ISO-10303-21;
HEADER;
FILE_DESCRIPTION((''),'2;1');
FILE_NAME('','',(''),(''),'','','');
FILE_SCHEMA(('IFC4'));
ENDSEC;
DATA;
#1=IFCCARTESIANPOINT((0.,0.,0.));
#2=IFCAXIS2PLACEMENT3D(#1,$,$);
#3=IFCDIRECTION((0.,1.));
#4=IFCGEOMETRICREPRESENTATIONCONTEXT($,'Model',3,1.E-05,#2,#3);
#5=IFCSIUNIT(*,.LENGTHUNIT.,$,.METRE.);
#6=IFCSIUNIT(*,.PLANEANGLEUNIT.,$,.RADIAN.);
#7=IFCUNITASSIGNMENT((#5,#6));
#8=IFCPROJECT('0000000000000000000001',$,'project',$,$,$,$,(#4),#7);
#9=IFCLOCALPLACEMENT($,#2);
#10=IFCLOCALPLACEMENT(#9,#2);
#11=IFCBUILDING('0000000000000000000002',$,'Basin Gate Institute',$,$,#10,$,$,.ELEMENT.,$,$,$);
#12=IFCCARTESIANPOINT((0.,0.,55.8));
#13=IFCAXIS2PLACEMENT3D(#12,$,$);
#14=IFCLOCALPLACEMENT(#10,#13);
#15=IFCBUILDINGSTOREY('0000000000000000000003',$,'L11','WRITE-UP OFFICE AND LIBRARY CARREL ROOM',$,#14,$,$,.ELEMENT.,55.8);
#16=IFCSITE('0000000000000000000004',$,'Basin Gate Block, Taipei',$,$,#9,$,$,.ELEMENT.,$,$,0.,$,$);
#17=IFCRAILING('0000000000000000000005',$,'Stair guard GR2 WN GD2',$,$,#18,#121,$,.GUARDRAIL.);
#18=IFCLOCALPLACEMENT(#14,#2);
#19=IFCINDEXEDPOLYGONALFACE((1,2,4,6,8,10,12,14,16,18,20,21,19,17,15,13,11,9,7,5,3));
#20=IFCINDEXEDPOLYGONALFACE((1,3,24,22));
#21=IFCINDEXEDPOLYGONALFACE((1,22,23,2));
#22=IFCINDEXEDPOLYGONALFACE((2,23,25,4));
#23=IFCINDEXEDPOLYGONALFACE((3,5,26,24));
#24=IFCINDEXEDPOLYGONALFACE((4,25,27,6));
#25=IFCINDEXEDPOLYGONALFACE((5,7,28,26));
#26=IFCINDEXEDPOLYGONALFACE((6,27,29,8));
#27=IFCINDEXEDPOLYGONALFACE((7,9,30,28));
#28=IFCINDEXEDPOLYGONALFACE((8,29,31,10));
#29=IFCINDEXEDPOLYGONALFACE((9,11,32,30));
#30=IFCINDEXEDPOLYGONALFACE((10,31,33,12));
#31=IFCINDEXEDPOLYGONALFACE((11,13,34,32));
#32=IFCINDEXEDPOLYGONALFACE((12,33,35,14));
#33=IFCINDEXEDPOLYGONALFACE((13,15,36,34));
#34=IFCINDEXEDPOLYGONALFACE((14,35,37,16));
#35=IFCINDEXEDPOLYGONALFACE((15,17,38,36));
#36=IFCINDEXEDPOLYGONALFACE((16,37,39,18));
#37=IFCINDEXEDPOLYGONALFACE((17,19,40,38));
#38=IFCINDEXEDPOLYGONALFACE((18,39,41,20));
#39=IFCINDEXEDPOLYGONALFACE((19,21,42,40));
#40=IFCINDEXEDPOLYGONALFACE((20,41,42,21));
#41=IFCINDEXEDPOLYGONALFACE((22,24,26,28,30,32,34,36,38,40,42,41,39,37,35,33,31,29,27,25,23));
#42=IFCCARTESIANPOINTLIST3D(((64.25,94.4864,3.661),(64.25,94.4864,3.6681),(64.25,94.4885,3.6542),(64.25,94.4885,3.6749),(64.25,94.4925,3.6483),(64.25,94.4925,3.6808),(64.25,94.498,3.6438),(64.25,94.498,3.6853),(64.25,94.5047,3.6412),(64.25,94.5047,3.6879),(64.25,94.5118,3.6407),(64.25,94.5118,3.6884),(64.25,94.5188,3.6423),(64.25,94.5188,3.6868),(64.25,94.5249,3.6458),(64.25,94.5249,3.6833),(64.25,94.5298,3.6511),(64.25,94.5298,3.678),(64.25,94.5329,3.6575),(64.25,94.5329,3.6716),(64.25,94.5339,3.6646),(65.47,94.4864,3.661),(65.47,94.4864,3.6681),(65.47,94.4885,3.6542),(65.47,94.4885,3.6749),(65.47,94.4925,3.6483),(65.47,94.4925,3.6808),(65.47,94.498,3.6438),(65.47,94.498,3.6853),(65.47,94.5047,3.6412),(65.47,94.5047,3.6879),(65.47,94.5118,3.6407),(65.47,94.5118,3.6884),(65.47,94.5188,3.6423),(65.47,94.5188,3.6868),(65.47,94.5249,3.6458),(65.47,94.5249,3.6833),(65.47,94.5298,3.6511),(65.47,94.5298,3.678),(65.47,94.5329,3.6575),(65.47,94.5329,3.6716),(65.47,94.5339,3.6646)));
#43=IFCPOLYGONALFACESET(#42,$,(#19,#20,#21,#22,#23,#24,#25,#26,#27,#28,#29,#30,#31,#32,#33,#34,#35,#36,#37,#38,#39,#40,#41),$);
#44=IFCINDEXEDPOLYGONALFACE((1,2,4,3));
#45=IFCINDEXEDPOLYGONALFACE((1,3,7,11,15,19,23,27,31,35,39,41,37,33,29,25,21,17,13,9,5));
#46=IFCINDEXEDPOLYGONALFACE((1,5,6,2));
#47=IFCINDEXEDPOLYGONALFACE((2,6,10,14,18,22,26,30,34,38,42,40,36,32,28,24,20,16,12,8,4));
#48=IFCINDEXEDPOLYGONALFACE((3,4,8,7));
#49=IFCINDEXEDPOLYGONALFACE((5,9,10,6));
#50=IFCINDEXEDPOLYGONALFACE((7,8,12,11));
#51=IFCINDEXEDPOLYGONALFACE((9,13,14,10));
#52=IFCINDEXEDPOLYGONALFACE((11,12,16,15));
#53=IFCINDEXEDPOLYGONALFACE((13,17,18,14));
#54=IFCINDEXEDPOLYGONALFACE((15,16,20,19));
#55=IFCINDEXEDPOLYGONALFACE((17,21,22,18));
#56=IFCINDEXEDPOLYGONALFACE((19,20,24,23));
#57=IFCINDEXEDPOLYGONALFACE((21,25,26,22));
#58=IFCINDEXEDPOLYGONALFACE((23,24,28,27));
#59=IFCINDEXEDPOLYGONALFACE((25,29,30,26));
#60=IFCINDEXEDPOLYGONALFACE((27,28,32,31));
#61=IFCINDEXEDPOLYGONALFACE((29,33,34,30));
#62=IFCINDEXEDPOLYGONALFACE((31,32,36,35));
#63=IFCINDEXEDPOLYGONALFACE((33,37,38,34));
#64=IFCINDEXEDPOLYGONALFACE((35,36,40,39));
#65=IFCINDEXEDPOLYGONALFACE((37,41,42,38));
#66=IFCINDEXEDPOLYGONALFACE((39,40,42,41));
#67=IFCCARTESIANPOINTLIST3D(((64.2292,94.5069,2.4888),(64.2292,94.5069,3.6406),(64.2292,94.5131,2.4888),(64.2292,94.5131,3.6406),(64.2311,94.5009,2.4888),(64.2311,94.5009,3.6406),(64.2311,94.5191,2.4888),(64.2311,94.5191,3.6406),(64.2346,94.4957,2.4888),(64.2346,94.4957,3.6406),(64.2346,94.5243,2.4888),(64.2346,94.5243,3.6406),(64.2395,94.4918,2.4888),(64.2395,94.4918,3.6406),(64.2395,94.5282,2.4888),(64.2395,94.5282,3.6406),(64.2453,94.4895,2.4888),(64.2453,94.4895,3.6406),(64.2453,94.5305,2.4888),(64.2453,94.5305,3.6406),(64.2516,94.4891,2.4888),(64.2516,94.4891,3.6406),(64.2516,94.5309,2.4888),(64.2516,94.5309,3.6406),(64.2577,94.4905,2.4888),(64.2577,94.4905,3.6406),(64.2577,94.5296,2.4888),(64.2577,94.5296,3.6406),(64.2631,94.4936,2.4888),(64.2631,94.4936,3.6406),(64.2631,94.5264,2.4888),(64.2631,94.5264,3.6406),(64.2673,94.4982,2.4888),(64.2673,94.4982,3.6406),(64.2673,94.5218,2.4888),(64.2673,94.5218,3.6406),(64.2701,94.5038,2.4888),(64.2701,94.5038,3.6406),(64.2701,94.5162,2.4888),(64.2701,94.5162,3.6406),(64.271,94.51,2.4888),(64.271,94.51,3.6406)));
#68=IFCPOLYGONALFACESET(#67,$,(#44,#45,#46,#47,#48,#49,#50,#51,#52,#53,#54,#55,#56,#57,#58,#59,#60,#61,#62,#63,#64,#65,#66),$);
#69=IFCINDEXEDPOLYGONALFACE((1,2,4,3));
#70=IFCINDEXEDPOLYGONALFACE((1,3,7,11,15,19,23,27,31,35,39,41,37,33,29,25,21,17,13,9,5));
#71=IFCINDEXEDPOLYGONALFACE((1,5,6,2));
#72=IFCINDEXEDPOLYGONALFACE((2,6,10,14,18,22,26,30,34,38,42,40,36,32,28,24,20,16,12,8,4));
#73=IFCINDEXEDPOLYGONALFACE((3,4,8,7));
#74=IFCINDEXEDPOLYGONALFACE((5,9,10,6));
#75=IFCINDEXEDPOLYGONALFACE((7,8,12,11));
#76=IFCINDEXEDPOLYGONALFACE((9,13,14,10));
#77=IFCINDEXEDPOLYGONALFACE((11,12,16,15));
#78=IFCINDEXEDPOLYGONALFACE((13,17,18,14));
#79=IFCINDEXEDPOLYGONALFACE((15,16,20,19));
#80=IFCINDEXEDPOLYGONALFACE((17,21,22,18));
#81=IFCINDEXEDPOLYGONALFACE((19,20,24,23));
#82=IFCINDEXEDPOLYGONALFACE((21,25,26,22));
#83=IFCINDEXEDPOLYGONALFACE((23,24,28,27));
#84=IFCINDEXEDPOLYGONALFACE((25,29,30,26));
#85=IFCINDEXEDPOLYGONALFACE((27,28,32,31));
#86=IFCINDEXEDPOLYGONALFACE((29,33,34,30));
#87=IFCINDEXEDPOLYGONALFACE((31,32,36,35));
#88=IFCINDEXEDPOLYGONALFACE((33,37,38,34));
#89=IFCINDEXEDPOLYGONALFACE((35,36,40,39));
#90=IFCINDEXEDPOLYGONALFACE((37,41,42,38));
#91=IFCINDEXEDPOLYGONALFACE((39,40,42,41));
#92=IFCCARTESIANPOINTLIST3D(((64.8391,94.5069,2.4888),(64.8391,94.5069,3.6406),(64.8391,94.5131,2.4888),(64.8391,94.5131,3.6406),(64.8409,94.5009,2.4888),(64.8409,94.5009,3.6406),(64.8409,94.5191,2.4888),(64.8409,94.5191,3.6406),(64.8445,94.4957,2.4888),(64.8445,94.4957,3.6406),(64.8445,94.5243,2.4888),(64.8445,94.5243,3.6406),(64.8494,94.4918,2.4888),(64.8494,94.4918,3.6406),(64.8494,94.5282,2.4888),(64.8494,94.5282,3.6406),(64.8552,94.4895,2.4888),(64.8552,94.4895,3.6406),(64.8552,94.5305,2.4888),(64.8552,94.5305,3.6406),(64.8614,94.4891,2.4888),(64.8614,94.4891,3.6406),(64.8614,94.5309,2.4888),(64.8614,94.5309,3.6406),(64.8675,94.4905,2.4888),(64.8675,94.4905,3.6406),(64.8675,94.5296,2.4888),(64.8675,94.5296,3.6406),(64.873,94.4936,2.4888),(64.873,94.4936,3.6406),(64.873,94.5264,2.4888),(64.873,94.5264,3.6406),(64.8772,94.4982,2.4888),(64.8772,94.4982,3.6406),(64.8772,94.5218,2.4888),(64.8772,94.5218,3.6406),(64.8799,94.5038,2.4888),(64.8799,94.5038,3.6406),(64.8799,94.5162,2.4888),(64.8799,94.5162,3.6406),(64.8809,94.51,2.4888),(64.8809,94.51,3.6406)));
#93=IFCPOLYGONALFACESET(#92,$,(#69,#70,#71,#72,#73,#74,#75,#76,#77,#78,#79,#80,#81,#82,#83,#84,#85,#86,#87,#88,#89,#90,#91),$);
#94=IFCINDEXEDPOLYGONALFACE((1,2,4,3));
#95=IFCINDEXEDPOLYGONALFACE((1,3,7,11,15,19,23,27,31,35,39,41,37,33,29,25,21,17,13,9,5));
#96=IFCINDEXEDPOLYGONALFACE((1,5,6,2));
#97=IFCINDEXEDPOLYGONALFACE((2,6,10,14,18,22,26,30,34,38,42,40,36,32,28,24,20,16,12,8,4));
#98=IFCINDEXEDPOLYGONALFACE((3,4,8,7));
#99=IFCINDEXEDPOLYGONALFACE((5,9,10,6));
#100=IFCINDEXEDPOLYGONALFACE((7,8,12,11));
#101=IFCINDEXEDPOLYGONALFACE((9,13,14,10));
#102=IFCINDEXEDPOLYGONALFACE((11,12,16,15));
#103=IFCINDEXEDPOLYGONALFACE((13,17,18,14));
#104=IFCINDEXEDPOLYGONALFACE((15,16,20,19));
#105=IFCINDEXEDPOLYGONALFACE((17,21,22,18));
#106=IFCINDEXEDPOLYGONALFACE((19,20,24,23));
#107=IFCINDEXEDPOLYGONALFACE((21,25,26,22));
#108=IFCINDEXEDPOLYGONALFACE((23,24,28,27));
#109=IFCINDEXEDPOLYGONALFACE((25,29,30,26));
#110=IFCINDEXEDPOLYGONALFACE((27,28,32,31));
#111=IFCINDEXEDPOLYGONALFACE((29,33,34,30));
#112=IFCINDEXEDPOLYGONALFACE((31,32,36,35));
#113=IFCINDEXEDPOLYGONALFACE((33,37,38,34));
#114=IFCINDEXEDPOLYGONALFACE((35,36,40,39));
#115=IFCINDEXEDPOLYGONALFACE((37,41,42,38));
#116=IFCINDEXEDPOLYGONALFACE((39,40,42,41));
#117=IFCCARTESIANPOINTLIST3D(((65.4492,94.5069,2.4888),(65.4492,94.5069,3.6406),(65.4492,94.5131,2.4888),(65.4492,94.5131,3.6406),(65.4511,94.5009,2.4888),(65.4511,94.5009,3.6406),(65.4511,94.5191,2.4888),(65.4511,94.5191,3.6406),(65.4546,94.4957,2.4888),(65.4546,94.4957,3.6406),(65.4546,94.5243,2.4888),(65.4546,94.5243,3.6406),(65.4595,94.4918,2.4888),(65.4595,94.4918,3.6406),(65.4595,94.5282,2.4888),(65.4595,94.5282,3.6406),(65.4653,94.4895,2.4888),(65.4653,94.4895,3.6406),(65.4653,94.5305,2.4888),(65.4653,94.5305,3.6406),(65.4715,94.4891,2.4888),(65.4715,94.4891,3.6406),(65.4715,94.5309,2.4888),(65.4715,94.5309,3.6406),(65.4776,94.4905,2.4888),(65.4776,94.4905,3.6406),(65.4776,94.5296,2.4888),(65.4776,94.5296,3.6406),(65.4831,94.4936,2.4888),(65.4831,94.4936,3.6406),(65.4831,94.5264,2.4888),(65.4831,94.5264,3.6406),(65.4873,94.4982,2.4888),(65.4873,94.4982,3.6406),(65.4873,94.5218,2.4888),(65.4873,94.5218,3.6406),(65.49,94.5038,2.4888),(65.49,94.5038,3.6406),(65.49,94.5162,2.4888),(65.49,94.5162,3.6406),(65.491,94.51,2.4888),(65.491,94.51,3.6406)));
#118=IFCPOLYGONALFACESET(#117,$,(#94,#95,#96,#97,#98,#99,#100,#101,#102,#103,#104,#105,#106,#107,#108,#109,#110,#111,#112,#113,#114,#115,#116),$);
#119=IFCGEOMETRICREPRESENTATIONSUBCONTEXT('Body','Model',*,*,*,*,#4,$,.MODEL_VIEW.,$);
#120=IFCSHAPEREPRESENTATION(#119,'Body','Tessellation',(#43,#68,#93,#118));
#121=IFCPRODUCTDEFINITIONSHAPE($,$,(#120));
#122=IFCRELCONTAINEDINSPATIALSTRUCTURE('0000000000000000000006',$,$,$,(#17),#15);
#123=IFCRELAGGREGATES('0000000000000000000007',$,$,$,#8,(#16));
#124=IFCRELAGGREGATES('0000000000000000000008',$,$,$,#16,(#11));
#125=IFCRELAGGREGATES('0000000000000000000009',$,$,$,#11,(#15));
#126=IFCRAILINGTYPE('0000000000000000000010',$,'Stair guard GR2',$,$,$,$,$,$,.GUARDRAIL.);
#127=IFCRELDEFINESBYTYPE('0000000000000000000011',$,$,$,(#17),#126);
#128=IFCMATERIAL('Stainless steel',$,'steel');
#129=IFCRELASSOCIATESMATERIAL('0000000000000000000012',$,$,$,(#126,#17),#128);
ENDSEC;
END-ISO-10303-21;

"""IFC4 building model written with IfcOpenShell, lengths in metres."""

from ifc_helpers import new_model, si_unit, direction, frame, origin, origin_2d, place, context, subcontext, project, spatial, circle, extrude, material, type_object, element, save


model = new_model("IFC4")

# Units and contexts
model_context = context("Model", 3, precision=1e-05, world=origin(), true_north=direction((0.0, 1.0)))
body_context = subcontext(model_context, "Body", "Model", "MODEL_VIEW")
ifc_project = project(units=[si_unit("LENGTHUNIT", "METRE"), si_unit("PLANEANGLEUNIT", "RADIAN")], contexts=[model_context])

# Site, building, storey
site_placement = place(None, origin())
site = spatial("IfcSite", under=ifc_project, at=site_placement, Name="Basin Gate Block, Taipei", CompositionType="ELEMENT", RefElevation=0.0)
building_placement = place(site_placement, origin())
building = spatial("IfcBuilding", under=site, at=building_placement, Name="Basin Gate Institute", CompositionType="ELEMENT")
storey_placement = place(building_placement, frame((0.0, 0.0, 55.8)))
storey = spatial("IfcBuildingStorey", under=building, at=storey_placement, Name="L11", Description="WRITE-UP OFFICE AND LIBRARY CARREL ROOM", CompositionType="ELEMENT", Elevation=55.8)

# Railing
ifc_material_1 = material(Name="Stainless steel", Category="steel")
railing_type_1 = type_object("IfcRailingType", Name="Stair guard GR2", PredefinedType="GUARDRAIL", material=ifc_material_1)
railing_1_placement = place(storey_placement, frame((64.25, 94.51, 2.4888)))
element("IfcRailing", 1, at=railing_1_placement, inside=storey, type_object=railing_type_1, material=ifc_material_1, Name="Stair guard GR2 WN GD2", PredefinedType="GUARDRAIL", context=body_context, shape_type="SweptSolid", body=[
    extrude(circle(Radius=0.0239, at=origin_2d()), frame((0.0, 0.0, 1.1758), z_axis=(1.0, 0.0, 0.0), x_axis=(0.0, 1.0, 0.0)), (0.0, 0.0, 1.0), 1.22),
    extrude(circle(Radius=0.021, at=origin_2d()), origin(), (0.0, 0.0, 1.0), 1.1519),
    extrude(circle(Radius=0.021, at=origin_2d()), frame((0.6099, 0.0, 0.0)), (0.0, 0.0, 1.0), 1.1519),
    extrude(circle(Radius=0.021, at=origin_2d()), frame((1.22, 0.0, 0.0)), (0.0, 0.0, 1.0), 1.1519),
])

save(model, "model.ifc")
